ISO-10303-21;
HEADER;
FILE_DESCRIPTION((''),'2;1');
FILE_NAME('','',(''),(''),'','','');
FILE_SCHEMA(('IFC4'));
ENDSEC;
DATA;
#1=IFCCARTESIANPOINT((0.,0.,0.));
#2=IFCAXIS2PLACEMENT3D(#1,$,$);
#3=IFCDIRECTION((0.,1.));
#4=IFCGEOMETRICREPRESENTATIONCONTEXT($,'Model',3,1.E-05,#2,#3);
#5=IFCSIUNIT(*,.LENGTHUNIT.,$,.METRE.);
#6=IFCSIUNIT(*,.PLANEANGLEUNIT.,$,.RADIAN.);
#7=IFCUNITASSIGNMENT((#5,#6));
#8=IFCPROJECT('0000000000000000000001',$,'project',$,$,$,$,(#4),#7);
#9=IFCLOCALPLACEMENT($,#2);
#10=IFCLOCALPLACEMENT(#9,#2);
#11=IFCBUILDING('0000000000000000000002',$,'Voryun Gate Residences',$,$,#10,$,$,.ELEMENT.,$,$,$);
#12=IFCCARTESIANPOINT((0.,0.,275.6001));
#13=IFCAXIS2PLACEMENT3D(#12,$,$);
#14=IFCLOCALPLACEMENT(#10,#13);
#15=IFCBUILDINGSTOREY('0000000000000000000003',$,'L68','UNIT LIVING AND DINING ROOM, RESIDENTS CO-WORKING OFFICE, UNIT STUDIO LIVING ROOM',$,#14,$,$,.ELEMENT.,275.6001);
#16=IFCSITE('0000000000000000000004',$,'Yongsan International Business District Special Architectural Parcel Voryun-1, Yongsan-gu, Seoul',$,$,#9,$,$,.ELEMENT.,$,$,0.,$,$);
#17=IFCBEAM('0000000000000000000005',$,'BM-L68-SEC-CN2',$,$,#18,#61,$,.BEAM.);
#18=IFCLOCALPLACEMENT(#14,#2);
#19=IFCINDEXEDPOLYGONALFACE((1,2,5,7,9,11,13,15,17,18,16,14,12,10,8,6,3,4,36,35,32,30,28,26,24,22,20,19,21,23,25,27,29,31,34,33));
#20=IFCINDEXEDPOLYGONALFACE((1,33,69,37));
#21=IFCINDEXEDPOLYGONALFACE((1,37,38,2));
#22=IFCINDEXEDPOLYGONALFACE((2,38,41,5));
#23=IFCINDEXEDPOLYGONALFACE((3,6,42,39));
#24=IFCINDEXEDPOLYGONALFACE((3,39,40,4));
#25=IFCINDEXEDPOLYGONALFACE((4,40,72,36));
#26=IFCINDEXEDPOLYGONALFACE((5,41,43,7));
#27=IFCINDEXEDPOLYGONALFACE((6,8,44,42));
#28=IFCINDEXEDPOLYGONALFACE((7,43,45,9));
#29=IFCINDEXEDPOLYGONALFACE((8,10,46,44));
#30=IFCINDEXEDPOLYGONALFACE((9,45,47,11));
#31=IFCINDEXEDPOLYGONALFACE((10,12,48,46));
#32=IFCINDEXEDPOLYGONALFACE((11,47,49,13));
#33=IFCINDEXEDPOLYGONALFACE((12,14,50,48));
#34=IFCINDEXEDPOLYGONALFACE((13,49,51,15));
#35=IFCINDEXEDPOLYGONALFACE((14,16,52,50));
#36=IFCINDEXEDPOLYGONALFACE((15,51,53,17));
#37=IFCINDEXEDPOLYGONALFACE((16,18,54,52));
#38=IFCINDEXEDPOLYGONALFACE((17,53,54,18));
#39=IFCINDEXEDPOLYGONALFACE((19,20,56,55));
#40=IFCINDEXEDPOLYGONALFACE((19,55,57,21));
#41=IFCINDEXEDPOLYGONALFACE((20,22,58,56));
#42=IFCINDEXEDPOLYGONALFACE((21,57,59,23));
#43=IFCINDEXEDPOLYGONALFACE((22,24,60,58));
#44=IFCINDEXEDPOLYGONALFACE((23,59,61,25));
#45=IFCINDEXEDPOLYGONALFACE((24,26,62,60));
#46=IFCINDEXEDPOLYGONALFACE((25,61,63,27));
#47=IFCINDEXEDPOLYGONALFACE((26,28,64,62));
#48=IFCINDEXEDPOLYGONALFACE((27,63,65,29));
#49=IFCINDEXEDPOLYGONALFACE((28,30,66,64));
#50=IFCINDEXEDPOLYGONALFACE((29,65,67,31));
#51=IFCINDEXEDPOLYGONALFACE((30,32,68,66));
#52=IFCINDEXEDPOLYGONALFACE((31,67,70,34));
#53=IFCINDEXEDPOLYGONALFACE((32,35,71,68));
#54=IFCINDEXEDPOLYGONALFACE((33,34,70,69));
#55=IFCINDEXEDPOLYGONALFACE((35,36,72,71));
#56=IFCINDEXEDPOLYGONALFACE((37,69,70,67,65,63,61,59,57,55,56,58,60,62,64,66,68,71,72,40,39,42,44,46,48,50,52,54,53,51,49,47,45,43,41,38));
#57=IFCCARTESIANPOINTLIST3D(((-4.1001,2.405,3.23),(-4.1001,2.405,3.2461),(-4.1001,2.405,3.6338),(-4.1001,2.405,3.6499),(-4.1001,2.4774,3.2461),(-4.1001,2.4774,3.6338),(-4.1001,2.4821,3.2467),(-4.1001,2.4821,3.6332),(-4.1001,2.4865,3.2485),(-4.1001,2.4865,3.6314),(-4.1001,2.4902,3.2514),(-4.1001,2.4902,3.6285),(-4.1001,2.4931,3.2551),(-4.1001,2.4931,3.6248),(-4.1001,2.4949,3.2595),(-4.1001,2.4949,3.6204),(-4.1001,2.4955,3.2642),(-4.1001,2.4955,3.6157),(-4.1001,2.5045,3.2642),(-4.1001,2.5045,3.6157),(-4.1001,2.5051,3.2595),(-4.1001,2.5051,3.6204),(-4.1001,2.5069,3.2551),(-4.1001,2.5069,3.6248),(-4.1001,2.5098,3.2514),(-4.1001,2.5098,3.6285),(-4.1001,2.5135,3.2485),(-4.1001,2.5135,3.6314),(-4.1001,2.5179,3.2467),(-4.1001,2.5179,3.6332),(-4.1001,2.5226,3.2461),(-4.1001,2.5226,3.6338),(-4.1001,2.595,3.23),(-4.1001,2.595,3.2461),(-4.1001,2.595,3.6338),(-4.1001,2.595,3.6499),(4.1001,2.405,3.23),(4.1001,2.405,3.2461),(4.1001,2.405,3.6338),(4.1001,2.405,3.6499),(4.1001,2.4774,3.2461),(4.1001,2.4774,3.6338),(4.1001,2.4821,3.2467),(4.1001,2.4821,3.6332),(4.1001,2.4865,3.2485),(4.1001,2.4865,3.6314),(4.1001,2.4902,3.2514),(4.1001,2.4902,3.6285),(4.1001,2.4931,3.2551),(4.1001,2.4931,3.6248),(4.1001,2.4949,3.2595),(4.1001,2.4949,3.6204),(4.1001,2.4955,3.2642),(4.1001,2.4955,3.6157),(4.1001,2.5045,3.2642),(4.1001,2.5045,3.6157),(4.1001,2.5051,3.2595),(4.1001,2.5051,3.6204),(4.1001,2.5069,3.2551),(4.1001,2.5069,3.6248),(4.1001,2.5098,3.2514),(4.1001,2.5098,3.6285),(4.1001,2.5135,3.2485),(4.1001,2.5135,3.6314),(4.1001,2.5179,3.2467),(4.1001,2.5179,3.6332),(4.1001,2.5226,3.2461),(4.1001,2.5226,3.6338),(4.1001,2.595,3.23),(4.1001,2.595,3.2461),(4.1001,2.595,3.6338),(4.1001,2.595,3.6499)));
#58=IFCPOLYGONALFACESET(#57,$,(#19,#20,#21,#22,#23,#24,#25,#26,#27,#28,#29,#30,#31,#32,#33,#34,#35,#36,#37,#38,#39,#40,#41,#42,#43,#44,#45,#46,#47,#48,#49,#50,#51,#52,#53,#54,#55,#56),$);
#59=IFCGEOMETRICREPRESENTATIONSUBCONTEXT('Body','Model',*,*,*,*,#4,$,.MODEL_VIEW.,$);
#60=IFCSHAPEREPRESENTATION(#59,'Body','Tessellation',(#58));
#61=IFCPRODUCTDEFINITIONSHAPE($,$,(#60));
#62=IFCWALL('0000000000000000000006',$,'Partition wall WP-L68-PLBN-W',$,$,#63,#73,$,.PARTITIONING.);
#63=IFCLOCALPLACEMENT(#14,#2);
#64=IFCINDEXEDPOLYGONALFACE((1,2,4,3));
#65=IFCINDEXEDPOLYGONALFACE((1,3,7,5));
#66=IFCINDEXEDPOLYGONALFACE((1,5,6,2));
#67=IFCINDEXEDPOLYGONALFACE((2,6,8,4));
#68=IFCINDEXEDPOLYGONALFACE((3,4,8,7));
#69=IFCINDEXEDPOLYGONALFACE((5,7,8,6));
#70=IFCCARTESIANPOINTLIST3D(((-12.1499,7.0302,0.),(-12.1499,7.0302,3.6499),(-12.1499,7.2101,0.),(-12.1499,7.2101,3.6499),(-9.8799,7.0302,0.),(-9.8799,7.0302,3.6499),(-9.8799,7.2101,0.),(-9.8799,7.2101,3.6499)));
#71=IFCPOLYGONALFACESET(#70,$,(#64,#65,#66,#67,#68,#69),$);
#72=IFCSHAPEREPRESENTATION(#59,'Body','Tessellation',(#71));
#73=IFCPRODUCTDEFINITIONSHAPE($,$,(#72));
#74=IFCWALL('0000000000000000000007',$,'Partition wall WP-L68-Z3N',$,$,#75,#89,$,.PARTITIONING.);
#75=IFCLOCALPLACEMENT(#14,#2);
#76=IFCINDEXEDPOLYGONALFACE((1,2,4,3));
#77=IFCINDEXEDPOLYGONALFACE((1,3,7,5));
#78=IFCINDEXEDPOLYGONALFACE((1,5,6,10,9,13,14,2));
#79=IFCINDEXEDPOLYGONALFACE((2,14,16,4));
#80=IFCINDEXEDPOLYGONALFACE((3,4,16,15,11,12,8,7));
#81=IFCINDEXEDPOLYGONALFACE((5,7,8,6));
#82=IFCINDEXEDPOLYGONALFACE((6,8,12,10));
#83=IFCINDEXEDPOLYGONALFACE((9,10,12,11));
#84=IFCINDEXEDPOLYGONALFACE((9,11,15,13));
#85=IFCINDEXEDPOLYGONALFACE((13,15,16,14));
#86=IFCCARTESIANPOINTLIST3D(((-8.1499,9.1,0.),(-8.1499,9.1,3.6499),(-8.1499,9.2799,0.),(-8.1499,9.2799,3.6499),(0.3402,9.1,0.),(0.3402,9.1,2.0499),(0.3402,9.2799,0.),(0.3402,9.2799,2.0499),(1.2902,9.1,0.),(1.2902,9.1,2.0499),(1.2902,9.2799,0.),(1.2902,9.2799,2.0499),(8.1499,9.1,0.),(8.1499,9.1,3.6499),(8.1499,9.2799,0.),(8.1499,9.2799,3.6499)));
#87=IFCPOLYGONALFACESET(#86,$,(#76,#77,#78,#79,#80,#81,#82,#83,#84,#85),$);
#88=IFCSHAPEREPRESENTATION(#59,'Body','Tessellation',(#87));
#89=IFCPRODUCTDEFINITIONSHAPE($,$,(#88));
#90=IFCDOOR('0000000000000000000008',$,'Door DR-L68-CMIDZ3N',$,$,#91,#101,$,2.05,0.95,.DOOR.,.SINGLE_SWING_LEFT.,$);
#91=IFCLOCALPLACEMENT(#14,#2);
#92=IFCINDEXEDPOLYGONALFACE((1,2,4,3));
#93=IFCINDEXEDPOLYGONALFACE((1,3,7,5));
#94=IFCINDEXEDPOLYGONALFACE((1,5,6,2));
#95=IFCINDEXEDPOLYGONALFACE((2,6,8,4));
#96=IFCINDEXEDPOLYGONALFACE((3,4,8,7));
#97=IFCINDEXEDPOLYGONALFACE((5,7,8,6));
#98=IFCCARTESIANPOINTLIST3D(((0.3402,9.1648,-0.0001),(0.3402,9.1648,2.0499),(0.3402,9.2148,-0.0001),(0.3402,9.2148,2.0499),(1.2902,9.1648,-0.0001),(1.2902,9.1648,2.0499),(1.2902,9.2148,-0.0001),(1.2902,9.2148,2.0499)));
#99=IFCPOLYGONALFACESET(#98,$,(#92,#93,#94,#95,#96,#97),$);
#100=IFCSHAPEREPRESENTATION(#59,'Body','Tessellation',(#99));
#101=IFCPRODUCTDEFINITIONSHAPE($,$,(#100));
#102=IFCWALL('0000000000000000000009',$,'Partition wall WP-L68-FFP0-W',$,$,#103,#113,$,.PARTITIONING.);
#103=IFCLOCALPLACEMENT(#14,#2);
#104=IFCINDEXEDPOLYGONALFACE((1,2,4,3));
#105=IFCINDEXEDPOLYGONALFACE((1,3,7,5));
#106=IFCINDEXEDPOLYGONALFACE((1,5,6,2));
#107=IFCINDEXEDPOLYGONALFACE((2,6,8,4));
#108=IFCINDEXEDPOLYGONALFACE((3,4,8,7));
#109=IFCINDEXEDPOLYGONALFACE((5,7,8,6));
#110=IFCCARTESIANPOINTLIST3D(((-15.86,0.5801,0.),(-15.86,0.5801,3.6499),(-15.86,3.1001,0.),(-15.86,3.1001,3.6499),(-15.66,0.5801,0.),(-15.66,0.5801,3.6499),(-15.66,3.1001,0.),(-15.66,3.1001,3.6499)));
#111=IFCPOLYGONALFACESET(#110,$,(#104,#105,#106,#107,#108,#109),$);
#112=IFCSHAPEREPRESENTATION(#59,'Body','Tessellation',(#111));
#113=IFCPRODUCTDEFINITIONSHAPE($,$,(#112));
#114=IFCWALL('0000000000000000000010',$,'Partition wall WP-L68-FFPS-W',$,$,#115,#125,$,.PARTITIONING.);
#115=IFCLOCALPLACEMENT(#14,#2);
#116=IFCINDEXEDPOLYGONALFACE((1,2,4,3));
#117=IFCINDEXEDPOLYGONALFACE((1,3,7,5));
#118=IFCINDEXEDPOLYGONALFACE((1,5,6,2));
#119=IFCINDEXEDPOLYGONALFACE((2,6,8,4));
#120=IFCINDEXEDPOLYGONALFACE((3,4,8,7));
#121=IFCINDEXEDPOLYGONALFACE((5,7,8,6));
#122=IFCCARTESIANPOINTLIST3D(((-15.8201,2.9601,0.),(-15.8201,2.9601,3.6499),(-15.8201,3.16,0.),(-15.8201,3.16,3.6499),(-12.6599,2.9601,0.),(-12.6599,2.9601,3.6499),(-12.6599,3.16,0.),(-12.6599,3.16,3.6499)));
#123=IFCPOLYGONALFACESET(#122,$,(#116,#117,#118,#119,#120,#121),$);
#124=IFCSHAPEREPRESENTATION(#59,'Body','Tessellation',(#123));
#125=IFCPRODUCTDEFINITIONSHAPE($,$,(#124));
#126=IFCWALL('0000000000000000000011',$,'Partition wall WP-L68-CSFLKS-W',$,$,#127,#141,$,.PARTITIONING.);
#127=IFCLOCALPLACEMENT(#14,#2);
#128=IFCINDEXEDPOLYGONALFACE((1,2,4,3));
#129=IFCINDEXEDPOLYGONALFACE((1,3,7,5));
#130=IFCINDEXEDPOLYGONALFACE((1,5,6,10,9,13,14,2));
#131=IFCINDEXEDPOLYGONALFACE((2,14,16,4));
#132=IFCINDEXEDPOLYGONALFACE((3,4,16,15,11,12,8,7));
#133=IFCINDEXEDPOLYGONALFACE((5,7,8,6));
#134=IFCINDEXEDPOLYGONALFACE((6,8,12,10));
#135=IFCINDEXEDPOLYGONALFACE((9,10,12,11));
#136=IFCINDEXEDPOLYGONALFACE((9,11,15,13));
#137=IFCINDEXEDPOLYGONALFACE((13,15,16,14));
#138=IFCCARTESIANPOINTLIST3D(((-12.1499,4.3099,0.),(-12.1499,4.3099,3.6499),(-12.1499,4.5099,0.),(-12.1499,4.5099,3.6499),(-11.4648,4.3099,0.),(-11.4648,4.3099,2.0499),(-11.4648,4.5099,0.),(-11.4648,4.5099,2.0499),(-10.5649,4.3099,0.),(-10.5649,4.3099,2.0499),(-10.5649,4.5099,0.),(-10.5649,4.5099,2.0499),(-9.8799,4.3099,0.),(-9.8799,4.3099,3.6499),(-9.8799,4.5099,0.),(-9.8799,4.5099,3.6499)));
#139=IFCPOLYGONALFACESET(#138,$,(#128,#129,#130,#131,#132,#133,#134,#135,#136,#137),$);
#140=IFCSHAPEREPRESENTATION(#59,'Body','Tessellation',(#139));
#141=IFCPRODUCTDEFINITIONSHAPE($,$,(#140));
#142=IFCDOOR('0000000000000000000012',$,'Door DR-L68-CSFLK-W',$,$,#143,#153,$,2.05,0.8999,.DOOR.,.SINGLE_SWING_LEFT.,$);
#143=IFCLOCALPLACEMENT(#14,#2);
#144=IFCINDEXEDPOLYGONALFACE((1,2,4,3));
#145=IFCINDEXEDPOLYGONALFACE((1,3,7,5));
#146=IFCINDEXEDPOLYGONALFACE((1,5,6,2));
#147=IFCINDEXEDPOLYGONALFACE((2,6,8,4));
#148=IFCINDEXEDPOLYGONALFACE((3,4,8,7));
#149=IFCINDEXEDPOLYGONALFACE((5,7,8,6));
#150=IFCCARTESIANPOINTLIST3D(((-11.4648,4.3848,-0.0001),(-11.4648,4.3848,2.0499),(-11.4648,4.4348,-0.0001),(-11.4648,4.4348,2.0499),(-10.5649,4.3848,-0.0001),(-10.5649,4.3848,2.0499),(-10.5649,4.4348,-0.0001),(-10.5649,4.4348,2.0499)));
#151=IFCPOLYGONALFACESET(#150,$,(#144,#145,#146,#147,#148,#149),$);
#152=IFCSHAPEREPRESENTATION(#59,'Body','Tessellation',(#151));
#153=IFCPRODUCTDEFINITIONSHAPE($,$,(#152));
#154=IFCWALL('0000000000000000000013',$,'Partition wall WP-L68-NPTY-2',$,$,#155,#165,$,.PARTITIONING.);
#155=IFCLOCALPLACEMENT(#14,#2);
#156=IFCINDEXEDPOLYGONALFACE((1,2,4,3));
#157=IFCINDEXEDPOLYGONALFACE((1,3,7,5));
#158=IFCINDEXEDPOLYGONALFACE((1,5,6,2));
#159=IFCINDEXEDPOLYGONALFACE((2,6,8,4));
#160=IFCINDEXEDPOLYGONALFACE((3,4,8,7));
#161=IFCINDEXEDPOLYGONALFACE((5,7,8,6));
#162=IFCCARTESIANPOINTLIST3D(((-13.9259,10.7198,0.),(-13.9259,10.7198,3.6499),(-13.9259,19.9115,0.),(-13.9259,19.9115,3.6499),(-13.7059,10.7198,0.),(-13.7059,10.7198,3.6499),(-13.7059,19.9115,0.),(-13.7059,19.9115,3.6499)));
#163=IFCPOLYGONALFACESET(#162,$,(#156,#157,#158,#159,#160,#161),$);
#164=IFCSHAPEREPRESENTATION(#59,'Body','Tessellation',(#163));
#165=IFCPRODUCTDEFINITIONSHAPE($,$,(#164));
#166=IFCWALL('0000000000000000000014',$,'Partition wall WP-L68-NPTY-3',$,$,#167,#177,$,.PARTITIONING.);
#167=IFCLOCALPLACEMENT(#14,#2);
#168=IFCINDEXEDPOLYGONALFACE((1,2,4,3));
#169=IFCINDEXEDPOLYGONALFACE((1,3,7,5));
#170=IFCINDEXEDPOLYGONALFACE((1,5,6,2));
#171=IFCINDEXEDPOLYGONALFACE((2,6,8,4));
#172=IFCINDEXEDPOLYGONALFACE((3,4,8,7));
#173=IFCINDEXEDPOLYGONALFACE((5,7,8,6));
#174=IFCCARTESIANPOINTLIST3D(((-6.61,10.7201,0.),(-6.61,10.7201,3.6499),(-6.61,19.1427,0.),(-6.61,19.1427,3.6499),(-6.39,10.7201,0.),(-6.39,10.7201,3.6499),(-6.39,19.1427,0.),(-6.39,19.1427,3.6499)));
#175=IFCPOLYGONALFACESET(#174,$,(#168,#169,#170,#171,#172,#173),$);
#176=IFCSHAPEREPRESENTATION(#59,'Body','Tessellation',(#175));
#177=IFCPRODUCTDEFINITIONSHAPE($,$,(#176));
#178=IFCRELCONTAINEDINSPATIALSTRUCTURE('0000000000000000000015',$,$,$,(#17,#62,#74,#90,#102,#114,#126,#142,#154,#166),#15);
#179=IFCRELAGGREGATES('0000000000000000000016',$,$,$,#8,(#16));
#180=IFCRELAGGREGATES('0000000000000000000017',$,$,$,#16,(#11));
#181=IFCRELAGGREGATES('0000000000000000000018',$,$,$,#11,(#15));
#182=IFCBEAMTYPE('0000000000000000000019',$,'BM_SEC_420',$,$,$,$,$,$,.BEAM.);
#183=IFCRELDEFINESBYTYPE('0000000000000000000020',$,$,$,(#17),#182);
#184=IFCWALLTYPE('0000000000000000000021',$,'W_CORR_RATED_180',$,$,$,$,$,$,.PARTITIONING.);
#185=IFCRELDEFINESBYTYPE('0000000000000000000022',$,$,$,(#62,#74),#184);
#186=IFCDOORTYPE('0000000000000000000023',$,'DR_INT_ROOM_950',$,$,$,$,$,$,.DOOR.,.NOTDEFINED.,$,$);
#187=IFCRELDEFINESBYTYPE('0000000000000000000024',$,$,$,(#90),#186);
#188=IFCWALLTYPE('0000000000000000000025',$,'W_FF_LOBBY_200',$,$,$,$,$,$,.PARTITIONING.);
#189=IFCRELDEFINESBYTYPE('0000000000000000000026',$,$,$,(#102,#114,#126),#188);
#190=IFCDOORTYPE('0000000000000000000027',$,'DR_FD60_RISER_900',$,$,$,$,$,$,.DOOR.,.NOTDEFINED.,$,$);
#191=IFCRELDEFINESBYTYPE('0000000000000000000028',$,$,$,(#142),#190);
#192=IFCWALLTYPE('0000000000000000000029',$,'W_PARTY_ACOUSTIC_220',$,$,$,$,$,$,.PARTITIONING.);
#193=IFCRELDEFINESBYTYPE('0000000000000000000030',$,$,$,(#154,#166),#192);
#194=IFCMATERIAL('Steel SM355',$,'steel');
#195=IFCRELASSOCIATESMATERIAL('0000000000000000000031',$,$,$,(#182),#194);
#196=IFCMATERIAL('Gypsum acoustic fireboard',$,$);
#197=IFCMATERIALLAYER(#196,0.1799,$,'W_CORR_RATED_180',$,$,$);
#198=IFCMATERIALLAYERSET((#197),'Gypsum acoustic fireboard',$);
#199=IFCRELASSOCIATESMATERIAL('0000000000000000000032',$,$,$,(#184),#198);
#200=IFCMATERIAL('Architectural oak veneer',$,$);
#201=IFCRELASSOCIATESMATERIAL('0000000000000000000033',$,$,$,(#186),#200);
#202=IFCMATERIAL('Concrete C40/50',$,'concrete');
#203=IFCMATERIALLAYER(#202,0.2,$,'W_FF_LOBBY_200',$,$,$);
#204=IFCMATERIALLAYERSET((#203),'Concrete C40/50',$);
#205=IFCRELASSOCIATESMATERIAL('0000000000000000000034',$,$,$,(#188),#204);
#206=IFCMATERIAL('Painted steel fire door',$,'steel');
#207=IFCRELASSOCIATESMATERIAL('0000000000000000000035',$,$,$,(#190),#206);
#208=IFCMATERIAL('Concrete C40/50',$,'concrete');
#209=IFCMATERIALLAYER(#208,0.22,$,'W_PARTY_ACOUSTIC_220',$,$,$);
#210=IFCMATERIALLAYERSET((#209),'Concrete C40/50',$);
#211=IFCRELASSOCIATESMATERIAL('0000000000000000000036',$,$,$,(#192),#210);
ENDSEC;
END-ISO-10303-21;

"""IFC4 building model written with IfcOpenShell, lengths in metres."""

from ifc_helpers import new_model, si_unit, direction, frame, frame_2d, origin, origin_2d, place, context, subcontext, project, spatial, rectangle, i_section, extrude, material, layer, layer_set, material_profile, profile_set, type_object, element, fill, save


model = new_model("IFC4")

# Units and contexts
model_context = context("Model", 3, precision=1e-05, world=origin(), true_north=direction((0.0, 1.0)))
body_context = subcontext(model_context, "Body", "Model", "MODEL_VIEW")
ifc_project = project(units=[si_unit("LENGTHUNIT", "METRE"), si_unit("PLANEANGLEUNIT", "RADIAN")], contexts=[model_context])

# Site, building, storey
site_placement = place(None, origin())
site = spatial("IfcSite", under=ifc_project, at=site_placement, Name="Yongsan International Business District Special Architectural Parcel Voryun-1, Yongsan-gu, Seoul", CompositionType="ELEMENT", RefElevation=0.0)
building_placement = place(site_placement, origin())
building = spatial("IfcBuilding", under=site, at=building_placement, Name="Voryun Gate Residences", CompositionType="ELEMENT")
storey_placement = place(building_placement, frame((0.0, 0.0, 275.6001)))
storey = spatial("IfcBuildingStorey", under=building, at=storey_placement, Name="L68", Description="UNIT LIVING AND DINING ROOM, RESIDENTS CO-WORKING OFFICE, UNIT STUDIO LIVING ROOM", CompositionType="ELEMENT", Elevation=275.6001)

# Beam
ifc_material_1 = material(Name="Steel SM355", Category="steel")
ifc_material_profile_1 = material_profile(ifc_material_1, i_section(OverallWidth=0.1899, OverallDepth=0.4199, WebThickness=0.009, FlangeThickness=0.0161, FilletRadius=0.0181, at=origin_2d()), Name="H-420x190x9x16")
ifc_profile_set_1 = profile_set([ifc_material_profile_1], Name="Steel SM355")
beam_type_1 = type_object("IfcBeamType", Name="BM_SEC_420", PredefinedType="BEAM", material=ifc_profile_set_1)
beam_1_placement = place(storey_placement, frame((-4.1001, 2.5, 3.4399), z_axis=(1.0, 0.0, 0.0), x_axis=(0.0, 1.0, 0.0)))
element("IfcBeam", 1, at=beam_1_placement, inside=storey, type_object=beam_type_1, Name="BM-L68-SEC-CN2", PredefinedType="BEAM", context=body_context, shape_type="SweptSolid", body=[
    extrude(i_section(OverallWidth=0.1899, OverallDepth=0.4199, WebThickness=0.009, FlangeThickness=0.0161, FilletRadius=0.0181, at=origin_2d()), origin(), (0.0, 0.0, 1.0), 8.2002),
])

# Wall
ifc_material_2 = material(Name="Gypsum acoustic fireboard")
ifc_layer_1 = layer(ifc_material_2, 0.1799, Name="W_CORR_RATED_180")
ifc_layer_set_1 = layer_set([ifc_layer_1], Name="Gypsum acoustic fireboard")
wall_type_1 = type_object("IfcWallType", Name="W_CORR_RATED_180", PredefinedType="PARTITIONING", material=ifc_layer_set_1)
wall_1_placement = place(storey_placement, frame((-12.1499, 7.1201, 0.0), z_axis=(0.0, 0.0, 1.0), x_axis=(1.0, 0.0, 0.0)))
element("IfcWall", 2, at=wall_1_placement, inside=storey, type_object=wall_type_1, Name="Partition wall WP-L68-PLBN-W", PredefinedType="PARTITIONING", context=body_context, shape_type="SweptSolid", body=[
    extrude(rectangle(XDim=2.27, YDim=0.1799, at=frame_2d((1.135, 0.0))), origin(), (0.0, 0.0, 1.0), 3.6499),
])

# Wall, opening, door
wall_2_placement = place(storey_placement, frame((-8.1499, 9.1899, 0.0), z_axis=(0.0, 0.0, 1.0), x_axis=(1.0, 0.0, 0.0)))
wall_2 = element("IfcWall", 3, at=wall_2_placement, inside=storey, type_object=wall_type_1, Name="Partition wall WP-L68-Z3N", PredefinedType="PARTITIONING", context=body_context, shape_type="SweptSolid", body=[
    extrude(rectangle(XDim=16.2998, YDim=0.1799, at=frame_2d((8.1499, 0.0))), origin(), (0.0, 0.0, 1.0), 3.6499),
])
opening_1_placement = place(wall_2_placement, frame((8.49, 0.0, 0.0)))
opening_1 = element("IfcOpeningElement", 4, at=opening_1_placement, cuts=wall_2, PredefinedType="OPENING", context=body_context, shape_type="SweptSolid", body=[
    extrude(rectangle(XDim=0.95, YDim=2.05, at=frame_2d((0.4751, 1.0249))), frame((0.0, 0.0999, 0.0), z_axis=(0.0, -1.0, 0.0), x_axis=(1.0, 0.0, 0.0)), (0.0, 0.0, 1.0), 0.2),
])
ifc_material_3 = material(Name="Architectural oak veneer")
door_type_1 = type_object("IfcDoorType", Name="DR_INT_ROOM_950", OperationType="NOTDEFINED", PredefinedType="DOOR", material=ifc_material_3)
door_1_placement = place(opening_1_placement, origin())
door_1 = element("IfcDoor", 5, at=door_1_placement, inside=storey, type_object=door_type_1, Name="Door DR-L68-CMIDZ3N", OperationType="SINGLE_SWING_LEFT", OverallHeight=2.05, OverallWidth=0.95, PredefinedType="DOOR", context=body_context, shape_type="SweptSolid", body=[
    extrude(rectangle(XDim=0.95, YDim=2.05, at=frame_2d((0.4751, 1.0249))), frame((0.0, 0.0249, 0.0), z_axis=(0.0, -1.0, 0.0), x_axis=(1.0, 0.0, 0.0)), (0.0, 0.0, 1.0), 0.05),
])
fill(opening_1, door_1)

# Walls
ifc_material_4 = material(Name="Concrete C40/50", Category="concrete")
ifc_layer_2 = layer(ifc_material_4, 0.2, Name="W_FF_LOBBY_200")
ifc_layer_set_2 = layer_set([ifc_layer_2], Name="Concrete C40/50")
wall_type_2 = type_object("IfcWallType", Name="W_FF_LOBBY_200", PredefinedType="PARTITIONING", material=ifc_layer_set_2)
wall_3_placement = place(storey_placement, frame((-15.76, 0.5801, 0.0), z_axis=(0.0, 0.0, 1.0), x_axis=(0.0, 1.0, 0.0)))
element("IfcWall", 6, at=wall_3_placement, inside=storey, type_object=wall_type_2, Name="Partition wall WP-L68-FFP0-W", PredefinedType="PARTITIONING", context=body_context, shape_type="SweptSolid", body=[
    extrude(rectangle(XDim=2.52, YDim=0.2, at=frame_2d((1.26, 0.0))), origin(), (0.0, 0.0, 1.0), 3.6499),
])
wall_4_placement = place(storey_placement, frame((-15.8201, 3.0601, 0.0), z_axis=(0.0, 0.0, 1.0), x_axis=(1.0, 0.0, 0.0)))
element("IfcWall", 7, at=wall_4_placement, inside=storey, type_object=wall_type_2, Name="Partition wall WP-L68-FFPS-W", PredefinedType="PARTITIONING", context=body_context, shape_type="SweptSolid", body=[
    extrude(rectangle(XDim=3.1602, YDim=0.2, at=frame_2d((1.5801, 0.0))), origin(), (0.0, 0.0, 1.0), 3.6499),
])

# Wall, opening, door
wall_5_placement = place(storey_placement, frame((-12.1499, 4.4099, 0.0), z_axis=(0.0, 0.0, 1.0), x_axis=(1.0, 0.0, 0.0)))
wall_5 = element("IfcWall", 8, at=wall_5_placement, inside=storey, type_object=wall_type_2, Name="Partition wall WP-L68-CSFLKS-W", PredefinedType="PARTITIONING", context=body_context, shape_type="SweptSolid", body=[
    extrude(rectangle(XDim=2.27, YDim=0.2, at=frame_2d((1.135, 0.0))), origin(), (0.0, 0.0, 1.0), 3.6499),
])
opening_2_placement = place(wall_5_placement, frame((0.6851, 0.0, 0.0)))
opening_2 = element("IfcOpeningElement", 9, at=opening_2_placement, cuts=wall_5, PredefinedType="OPENING", context=body_context, shape_type="SweptSolid", body=[
    extrude(rectangle(XDim=0.8999, YDim=2.05, at=frame_2d((0.45, 1.0249))), frame((0.0, 0.1101, 0.0), z_axis=(0.0, -1.0, 0.0), x_axis=(1.0, 0.0, 0.0)), (0.0, 0.0, 1.0), 0.22),
])
ifc_material_5 = material(Name="Painted steel fire door", Category="steel")
door_type_2 = type_object("IfcDoorType", Name="DR_FD60_RISER_900", OperationType="NOTDEFINED", PredefinedType="DOOR", material=ifc_material_5)
door_2_placement = place(opening_2_placement, origin())
door_2 = element("IfcDoor", 10, at=door_2_placement, inside=storey, type_object=door_type_2, Name="Door DR-L68-CSFLK-W", OperationType="SINGLE_SWING_LEFT", OverallHeight=2.05, OverallWidth=0.8999, PredefinedType="DOOR", context=body_context, shape_type="SweptSolid", body=[
    extrude(rectangle(XDim=0.8999, YDim=2.05, at=frame_2d((0.45, 1.0249))), frame((0.0, 0.0249, 0.0), z_axis=(0.0, -1.0, 0.0), x_axis=(1.0, 0.0, 0.0)), (0.0, 0.0, 1.0), 0.05),
])
fill(opening_2, door_2)

# Walls
ifc_material_6 = material(Name="Concrete C40/50", Category="concrete")
ifc_layer_3 = layer(ifc_material_6, 0.22, Name="W_PARTY_ACOUSTIC_220")
ifc_layer_set_3 = layer_set([ifc_layer_3], Name="Concrete C40/50")
wall_type_3 = type_object("IfcWallType", Name="W_PARTY_ACOUSTIC_220", PredefinedType="PARTITIONING", material=ifc_layer_set_3)
wall_6_placement = place(storey_placement, frame((-13.8159, 10.72, 0.0), z_axis=(0.0, 0.0, 1.0), x_axis=(0.0, 1.0, 0.0)))
element("IfcWall", 11, at=wall_6_placement, inside=storey, type_object=wall_type_3, Name="Partition wall WP-L68-NPTY-2", PredefinedType="PARTITIONING", context=body_context, shape_type="SweptSolid", body=[
    extrude(rectangle(XDim=9.1917, YDim=0.22, at=frame_2d((4.5957, 0.0))), origin(), (0.0, 0.0, 1.0), 3.6499),
])
wall_7_placement = place(storey_placement, frame((-6.5, 10.72, 0.0), z_axis=(0.0, 0.0, 1.0), x_axis=(0.0, 1.0, 0.0)))
element("IfcWall", 12, at=wall_7_placement, inside=storey, type_object=wall_type_3, Name="Partition wall WP-L68-NPTY-3", PredefinedType="PARTITIONING", context=body_context, shape_type="SweptSolid", body=[
    extrude(rectangle(XDim=8.4226, YDim=0.22, at=frame_2d((4.2114, 0.0))), origin(), (0.0, 0.0, 1.0), 3.6499),
])

save(model, "model.ifc")
